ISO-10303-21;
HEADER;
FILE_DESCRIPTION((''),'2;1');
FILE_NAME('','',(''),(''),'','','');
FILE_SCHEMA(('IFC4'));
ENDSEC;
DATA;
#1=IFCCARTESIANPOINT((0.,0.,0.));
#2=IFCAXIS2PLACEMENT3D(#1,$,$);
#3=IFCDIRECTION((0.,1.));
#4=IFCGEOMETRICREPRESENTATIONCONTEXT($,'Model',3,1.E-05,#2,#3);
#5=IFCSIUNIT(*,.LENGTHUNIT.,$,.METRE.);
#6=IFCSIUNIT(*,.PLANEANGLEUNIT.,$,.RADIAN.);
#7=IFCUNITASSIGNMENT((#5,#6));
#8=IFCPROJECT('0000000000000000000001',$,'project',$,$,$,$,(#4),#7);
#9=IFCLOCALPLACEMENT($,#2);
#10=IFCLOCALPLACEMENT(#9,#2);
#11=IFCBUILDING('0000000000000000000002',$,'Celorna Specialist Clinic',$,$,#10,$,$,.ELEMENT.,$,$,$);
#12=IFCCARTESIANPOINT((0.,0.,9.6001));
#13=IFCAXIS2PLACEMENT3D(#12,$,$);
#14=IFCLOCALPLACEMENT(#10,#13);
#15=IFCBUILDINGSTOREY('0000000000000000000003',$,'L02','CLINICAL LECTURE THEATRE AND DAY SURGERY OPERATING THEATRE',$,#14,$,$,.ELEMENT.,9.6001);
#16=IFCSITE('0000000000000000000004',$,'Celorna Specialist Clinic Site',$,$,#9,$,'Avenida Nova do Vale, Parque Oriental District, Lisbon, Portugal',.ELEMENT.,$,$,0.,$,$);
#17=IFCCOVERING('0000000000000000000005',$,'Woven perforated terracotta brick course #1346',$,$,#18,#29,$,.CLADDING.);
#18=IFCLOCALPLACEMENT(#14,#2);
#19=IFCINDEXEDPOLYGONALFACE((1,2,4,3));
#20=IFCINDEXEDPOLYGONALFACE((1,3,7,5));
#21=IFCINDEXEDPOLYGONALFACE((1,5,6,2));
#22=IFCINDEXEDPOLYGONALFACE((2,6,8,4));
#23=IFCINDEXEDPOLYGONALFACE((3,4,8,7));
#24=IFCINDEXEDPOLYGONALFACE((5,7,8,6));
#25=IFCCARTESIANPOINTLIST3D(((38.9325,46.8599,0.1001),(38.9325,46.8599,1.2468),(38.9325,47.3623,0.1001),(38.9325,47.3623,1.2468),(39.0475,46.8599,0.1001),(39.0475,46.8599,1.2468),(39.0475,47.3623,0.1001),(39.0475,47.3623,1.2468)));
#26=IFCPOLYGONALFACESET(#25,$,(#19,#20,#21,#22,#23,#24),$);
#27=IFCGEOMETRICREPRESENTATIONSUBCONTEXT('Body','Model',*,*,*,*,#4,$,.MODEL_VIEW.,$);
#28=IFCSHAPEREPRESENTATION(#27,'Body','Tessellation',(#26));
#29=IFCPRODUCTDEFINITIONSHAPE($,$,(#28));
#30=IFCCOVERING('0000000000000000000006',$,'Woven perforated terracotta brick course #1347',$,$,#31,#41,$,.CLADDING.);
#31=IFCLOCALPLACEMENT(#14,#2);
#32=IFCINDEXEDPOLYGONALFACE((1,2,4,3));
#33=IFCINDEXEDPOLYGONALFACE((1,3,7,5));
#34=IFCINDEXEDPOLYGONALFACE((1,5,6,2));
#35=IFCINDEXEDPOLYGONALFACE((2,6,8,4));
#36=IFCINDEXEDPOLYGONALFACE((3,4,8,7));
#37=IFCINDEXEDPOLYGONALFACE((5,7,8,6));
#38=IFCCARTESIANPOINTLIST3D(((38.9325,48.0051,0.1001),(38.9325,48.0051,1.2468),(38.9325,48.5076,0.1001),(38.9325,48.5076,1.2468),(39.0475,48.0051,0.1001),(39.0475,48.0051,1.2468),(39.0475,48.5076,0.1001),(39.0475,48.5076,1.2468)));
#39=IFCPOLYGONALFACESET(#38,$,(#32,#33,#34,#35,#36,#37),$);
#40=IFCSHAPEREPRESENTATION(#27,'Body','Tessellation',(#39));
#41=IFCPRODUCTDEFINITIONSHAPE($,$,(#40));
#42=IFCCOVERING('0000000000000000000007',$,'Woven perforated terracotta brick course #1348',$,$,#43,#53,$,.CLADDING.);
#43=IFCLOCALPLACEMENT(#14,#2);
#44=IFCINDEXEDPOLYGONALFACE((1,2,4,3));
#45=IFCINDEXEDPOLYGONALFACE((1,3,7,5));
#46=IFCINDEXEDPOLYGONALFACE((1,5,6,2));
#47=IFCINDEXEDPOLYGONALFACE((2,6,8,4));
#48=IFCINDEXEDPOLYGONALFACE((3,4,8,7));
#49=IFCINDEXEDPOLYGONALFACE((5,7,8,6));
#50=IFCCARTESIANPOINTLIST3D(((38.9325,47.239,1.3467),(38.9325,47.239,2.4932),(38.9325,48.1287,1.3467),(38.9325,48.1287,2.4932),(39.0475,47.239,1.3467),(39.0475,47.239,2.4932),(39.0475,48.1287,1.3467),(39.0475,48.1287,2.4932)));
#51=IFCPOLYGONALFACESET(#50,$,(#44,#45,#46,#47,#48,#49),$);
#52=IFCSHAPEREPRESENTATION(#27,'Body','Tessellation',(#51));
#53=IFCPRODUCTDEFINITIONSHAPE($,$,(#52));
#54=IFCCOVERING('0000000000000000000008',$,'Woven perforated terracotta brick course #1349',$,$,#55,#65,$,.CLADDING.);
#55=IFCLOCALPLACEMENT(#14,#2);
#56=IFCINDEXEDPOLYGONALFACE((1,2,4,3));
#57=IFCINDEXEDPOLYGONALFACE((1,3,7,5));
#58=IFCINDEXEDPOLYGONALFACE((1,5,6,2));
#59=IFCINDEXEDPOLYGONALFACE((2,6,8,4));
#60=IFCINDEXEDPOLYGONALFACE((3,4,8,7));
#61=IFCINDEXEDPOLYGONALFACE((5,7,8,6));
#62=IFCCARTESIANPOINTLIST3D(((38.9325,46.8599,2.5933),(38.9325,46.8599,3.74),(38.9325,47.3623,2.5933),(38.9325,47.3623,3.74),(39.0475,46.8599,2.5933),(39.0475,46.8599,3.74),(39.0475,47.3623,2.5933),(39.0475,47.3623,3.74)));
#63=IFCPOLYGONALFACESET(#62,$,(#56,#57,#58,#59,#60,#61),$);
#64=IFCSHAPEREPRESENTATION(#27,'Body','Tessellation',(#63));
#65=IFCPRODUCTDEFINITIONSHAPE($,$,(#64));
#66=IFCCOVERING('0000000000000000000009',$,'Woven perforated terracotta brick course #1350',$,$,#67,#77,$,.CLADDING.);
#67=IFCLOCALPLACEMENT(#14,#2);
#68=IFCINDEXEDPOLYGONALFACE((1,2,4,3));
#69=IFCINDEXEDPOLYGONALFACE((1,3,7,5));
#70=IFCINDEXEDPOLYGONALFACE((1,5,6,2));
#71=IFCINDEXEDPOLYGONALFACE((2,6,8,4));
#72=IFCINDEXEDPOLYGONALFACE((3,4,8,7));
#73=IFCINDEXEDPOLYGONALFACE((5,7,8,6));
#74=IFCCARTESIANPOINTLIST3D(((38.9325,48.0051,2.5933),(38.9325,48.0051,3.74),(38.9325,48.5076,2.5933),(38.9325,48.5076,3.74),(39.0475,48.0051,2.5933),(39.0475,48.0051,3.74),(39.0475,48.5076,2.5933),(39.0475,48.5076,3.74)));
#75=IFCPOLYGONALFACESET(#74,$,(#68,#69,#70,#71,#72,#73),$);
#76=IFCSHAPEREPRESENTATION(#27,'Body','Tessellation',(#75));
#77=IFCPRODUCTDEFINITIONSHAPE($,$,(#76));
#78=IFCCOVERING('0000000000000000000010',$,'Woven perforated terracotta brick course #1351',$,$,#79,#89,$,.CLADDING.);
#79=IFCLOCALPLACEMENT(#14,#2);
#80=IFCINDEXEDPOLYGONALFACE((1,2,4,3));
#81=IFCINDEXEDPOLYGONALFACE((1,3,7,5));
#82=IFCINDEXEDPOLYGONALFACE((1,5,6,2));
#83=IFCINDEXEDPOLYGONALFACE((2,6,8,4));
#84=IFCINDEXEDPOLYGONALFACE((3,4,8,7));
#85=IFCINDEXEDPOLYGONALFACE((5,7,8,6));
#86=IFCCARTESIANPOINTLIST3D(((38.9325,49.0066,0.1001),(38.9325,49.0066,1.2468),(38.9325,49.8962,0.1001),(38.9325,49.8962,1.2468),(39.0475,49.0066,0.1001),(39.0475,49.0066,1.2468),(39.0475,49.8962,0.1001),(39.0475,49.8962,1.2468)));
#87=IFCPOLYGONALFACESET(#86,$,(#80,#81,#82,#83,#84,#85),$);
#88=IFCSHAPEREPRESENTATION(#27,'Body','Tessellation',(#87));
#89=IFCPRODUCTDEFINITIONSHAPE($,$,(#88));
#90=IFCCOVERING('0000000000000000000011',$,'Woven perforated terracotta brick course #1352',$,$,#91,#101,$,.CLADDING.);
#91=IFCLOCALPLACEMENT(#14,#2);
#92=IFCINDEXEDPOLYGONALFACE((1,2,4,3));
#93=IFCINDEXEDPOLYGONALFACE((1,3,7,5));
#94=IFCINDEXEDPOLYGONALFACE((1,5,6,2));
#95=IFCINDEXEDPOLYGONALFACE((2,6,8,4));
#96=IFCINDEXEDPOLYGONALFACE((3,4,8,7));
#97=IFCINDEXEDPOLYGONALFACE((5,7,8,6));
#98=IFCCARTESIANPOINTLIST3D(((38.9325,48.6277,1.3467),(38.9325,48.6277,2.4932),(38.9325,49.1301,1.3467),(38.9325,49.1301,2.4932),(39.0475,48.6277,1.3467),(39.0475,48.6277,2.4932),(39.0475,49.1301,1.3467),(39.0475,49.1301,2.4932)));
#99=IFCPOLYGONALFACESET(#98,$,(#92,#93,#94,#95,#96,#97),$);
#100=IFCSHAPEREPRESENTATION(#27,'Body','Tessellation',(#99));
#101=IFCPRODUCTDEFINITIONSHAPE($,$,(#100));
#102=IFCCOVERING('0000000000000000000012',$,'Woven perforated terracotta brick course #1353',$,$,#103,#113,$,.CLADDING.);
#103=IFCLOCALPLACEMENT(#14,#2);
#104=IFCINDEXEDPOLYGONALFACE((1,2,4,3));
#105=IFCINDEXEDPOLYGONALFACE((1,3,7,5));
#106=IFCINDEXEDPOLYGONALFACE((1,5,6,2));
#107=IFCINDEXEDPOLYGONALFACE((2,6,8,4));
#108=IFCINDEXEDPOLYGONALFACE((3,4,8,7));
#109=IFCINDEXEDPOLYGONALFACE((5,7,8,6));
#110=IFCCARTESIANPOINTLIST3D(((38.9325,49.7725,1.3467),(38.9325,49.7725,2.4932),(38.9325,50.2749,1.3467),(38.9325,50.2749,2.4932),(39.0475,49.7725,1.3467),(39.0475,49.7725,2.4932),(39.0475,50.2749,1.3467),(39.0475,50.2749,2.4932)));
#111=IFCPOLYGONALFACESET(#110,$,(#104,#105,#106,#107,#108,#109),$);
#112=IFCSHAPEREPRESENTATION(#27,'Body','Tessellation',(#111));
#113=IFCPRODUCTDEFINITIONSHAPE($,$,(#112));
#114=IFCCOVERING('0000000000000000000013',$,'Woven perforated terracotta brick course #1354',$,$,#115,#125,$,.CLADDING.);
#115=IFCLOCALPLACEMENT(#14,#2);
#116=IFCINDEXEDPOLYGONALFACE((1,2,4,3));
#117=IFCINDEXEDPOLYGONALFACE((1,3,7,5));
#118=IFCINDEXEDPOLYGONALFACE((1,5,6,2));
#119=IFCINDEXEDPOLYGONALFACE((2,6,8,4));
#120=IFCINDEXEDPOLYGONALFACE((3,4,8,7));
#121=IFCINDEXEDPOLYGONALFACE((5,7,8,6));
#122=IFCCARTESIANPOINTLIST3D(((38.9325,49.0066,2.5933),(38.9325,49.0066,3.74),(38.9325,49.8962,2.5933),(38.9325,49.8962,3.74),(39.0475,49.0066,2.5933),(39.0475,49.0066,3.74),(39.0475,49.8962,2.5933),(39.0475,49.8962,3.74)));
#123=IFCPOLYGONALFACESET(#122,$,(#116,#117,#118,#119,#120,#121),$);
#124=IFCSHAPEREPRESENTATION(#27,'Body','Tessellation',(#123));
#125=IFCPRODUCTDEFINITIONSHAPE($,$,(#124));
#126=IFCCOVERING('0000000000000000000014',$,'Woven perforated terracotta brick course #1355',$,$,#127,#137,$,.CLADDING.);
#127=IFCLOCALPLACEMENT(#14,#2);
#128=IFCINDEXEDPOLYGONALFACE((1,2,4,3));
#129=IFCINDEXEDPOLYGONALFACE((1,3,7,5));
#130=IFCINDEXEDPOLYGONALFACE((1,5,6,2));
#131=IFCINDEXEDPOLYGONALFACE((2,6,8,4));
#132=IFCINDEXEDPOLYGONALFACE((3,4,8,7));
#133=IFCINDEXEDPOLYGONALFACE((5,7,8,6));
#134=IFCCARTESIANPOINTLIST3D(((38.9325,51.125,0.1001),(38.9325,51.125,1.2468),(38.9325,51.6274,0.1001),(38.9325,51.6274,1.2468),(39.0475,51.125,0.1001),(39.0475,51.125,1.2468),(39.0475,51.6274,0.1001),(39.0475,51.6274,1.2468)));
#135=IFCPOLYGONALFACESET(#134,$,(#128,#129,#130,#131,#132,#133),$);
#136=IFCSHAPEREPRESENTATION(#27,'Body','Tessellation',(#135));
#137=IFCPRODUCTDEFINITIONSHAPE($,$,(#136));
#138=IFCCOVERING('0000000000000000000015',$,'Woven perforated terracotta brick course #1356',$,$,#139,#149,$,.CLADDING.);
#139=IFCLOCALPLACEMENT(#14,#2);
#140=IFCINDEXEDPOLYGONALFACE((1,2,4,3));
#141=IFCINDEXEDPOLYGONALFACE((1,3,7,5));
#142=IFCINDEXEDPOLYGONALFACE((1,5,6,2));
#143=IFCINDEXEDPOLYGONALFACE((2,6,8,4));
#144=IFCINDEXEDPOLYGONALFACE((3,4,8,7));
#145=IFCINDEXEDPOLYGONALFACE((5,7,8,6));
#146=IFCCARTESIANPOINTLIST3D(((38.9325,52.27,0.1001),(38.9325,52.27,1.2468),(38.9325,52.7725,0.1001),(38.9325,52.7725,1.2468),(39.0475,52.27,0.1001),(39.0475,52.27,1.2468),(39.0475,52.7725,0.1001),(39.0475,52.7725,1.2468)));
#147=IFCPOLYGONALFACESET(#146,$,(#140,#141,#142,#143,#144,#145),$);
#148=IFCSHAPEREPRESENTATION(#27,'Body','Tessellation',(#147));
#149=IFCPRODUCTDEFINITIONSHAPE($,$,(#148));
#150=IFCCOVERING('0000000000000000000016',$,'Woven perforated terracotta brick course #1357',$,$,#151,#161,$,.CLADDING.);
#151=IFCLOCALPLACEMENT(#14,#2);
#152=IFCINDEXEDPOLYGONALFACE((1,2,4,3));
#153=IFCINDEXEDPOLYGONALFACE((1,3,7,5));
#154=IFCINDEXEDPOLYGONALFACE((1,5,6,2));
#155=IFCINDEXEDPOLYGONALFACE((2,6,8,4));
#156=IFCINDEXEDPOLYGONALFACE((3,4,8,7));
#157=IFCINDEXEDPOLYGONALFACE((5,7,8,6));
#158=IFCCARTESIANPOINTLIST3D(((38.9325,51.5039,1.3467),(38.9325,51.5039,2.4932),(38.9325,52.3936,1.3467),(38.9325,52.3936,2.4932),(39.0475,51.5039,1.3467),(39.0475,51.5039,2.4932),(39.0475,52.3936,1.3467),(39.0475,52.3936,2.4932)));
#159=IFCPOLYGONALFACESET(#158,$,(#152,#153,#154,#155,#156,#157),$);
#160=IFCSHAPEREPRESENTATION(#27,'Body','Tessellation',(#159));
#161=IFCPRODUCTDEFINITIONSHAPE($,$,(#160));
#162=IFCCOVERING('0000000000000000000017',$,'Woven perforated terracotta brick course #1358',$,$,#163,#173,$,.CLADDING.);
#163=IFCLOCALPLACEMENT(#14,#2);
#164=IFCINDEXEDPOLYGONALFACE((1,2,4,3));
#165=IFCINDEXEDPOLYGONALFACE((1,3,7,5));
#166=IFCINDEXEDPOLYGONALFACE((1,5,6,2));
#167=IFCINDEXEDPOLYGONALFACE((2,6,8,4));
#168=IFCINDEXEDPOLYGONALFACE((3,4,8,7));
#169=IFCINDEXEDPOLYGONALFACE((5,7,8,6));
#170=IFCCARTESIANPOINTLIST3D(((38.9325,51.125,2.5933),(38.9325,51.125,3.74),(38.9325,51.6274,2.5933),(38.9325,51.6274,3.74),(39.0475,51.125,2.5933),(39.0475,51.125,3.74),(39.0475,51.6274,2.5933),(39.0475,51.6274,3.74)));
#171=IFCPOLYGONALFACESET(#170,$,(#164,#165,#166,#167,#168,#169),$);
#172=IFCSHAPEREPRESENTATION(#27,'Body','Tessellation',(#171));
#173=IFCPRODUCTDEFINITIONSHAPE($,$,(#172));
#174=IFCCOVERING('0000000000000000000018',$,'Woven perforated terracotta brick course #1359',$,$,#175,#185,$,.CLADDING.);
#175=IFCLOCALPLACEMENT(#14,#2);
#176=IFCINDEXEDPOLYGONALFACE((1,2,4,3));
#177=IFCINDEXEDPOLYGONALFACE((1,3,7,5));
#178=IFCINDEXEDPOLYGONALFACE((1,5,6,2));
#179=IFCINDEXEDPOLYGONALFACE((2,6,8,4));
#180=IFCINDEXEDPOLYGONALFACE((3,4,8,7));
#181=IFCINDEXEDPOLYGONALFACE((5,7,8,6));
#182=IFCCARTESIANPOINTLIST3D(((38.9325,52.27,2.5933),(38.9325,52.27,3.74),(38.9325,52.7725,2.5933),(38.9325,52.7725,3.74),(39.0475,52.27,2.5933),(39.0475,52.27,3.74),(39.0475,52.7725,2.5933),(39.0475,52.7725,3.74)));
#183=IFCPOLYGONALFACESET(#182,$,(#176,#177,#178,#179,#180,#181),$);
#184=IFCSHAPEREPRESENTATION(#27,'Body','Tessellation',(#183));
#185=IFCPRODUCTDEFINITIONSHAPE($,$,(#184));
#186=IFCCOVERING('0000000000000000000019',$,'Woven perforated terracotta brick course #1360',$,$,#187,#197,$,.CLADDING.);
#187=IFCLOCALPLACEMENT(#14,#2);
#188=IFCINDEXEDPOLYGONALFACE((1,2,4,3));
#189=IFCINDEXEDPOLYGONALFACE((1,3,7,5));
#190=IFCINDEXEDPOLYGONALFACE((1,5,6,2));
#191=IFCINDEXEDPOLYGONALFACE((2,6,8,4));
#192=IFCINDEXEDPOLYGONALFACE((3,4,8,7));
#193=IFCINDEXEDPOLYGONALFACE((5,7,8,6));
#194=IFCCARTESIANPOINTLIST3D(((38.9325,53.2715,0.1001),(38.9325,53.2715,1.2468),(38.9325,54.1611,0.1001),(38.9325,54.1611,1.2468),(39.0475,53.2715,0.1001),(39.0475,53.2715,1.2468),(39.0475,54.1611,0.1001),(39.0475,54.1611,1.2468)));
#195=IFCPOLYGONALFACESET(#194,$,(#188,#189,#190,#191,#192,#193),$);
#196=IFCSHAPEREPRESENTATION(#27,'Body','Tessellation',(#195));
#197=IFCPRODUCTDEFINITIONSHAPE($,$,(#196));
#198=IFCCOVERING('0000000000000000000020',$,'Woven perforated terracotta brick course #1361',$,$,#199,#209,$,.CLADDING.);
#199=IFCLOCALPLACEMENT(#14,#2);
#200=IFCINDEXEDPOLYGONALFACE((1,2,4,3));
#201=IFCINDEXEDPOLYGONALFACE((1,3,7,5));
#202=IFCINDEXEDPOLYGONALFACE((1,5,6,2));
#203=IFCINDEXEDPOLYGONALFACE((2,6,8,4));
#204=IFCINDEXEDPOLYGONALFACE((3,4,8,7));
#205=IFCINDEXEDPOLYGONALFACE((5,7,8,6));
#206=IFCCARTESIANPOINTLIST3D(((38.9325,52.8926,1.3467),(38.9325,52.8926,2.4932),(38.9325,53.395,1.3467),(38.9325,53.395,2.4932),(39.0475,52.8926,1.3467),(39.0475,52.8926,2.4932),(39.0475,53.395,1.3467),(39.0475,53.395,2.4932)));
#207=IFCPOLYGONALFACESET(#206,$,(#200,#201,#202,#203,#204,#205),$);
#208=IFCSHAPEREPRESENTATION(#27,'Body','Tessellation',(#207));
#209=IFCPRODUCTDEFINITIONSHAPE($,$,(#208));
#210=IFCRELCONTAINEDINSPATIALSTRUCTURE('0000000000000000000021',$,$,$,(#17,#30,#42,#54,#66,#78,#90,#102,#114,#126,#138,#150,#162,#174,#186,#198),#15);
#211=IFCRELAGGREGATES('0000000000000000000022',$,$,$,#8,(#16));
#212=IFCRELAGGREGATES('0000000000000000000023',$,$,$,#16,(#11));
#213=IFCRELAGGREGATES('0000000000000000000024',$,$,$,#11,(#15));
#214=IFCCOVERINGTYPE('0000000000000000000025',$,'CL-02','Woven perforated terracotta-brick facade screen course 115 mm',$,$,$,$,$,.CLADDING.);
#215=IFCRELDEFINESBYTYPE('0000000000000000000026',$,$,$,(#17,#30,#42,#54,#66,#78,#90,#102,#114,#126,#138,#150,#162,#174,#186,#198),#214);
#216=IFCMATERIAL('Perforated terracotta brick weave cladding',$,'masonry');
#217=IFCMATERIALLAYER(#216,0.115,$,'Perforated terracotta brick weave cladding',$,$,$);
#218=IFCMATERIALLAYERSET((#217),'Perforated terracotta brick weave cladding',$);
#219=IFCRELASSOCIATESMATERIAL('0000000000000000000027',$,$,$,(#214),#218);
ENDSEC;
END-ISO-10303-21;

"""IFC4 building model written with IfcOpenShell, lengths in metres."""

from ifc_helpers import new_model, si_unit, direction, frame, origin, origin_2d, place, context, subcontext, project, spatial, rectangle, extrude, material, layer, layer_set, type_object, element, save


model = new_model("IFC4")

# Units and contexts
model_context = context("Model", 3, precision=1e-05, world=origin(), true_north=direction((0.0, 1.0)))
body_context = subcontext(model_context, "Body", "Model", "MODEL_VIEW")
ifc_project = project(units=[si_unit("LENGTHUNIT", "METRE"), si_unit("PLANEANGLEUNIT", "RADIAN")], contexts=[model_context])

# Site, building, storey
site_placement = place(None, origin())
site = spatial("IfcSite", under=ifc_project, at=site_placement, Name="Celorna Specialist Clinic Site", LongName="Avenida Nova do Vale, Parque Oriental District, Lisbon, Portugal", CompositionType="ELEMENT", RefElevation=0.0)
building_placement = place(site_placement, origin())
building = spatial("IfcBuilding", under=site, at=building_placement, Name="Celorna Specialist Clinic", CompositionType="ELEMENT")
storey_placement = place(building_placement, frame((0.0, 0.0, 9.6001)))
storey = spatial("IfcBuildingStorey", under=building, at=storey_placement, Name="L02", Description="CLINICAL LECTURE THEATRE AND DAY SURGERY OPERATING THEATRE", CompositionType="ELEMENT", Elevation=9.6001)

# Coverings
ifc_material_1 = material(Name="Perforated terracotta brick weave cladding", Category="masonry")
ifc_layer = layer(ifc_material_1, 0.115, Name="Perforated terracotta brick weave cladding")
ifc_layer_set = layer_set([ifc_layer], Name="Perforated terracotta brick weave cladding")
covering_type = type_object("IfcCoveringType", Name="CL-02", Description="Woven perforated terracotta-brick facade screen course 115 mm", PredefinedType="CLADDING", material=ifc_layer_set)
for number, where, z_axis, x_axis, name in (
    (1, (38.99, 47.1111, 0.1001), (0.0, 0.0, 1.0), (0.0, 1.0, 0.0), "Woven perforated terracotta brick course #1346"),
    (2, (38.99, 48.2563, 0.1001), (0.0, 0.0, 1.0), (0.0, 1.0, 0.0), "Woven perforated terracotta brick course #1347"),
):
    element("IfcCovering", number, at=place(storey_placement, frame(where, z_axis=z_axis, x_axis=x_axis)), inside=storey, type_object=covering_type, Name=name, PredefinedType="CLADDING", context=body_context, shape_type="SweptSolid", body=[
        extrude(rectangle(XDim=0.5024, YDim=0.115, at=origin_2d()), origin(), (0.0, 0.0, 1.0), 1.1467),
    ])
covering_1_placement = place(storey_placement, frame((38.99, 47.6838, 1.3467), z_axis=(0.0, 0.0, 1.0), x_axis=(0.0, 1.0, 0.0)))
element("IfcCovering", 3, at=covering_1_placement, inside=storey, type_object=covering_type, Name="Woven perforated terracotta brick course #1348", PredefinedType="CLADDING", context=body_context, shape_type="SweptSolid", body=[
    extrude(rectangle(XDim=0.8896, YDim=0.115, at=origin_2d()), origin(), (0.0, 0.0, 1.0), 1.1465),
])
for number, where, z_axis, x_axis, name in (
    (4, (38.99, 47.1111, 2.5933), (0.0, 0.0, 1.0), (0.0, 1.0, 0.0), "Woven perforated terracotta brick course #1349"),
    (5, (38.99, 48.2563, 2.5933), (0.0, 0.0, 1.0), (0.0, 1.0, 0.0), "Woven perforated terracotta brick course #1350"),
):
    element("IfcCovering", number, at=place(storey_placement, frame(where, z_axis=z_axis, x_axis=x_axis)), inside=storey, type_object=covering_type, Name=name, PredefinedType="CLADDING", context=body_context, shape_type="SweptSolid", body=[
        extrude(rectangle(XDim=0.5024, YDim=0.115, at=origin_2d()), origin(), (0.0, 0.0, 1.0), 1.1467),
    ])
covering_2_placement = place(storey_placement, frame((38.99, 49.4514, 0.1001), z_axis=(0.0, 0.0, 1.0), x_axis=(0.0, 1.0, 0.0)))
element("IfcCovering", 6, at=covering_2_placement, inside=storey, type_object=covering_type, Name="Woven perforated terracotta brick course #1351", PredefinedType="CLADDING", context=body_context, shape_type="SweptSolid", body=[
    extrude(rectangle(XDim=0.8896, YDim=0.115, at=origin_2d()), origin(), (0.0, 0.0, 1.0), 1.1467),
])
for number, where, z_axis, x_axis, name in (
    (7, (38.99, 48.8789, 1.3467), (0.0, 0.0, 1.0), (0.0, 1.0, 0.0), "Woven perforated terracotta brick course #1352"),
    (8, (38.99, 50.0237, 1.3467), (0.0, 0.0, 1.0), (0.0, 1.0, 0.0), "Woven perforated terracotta brick course #1353"),
):
    element("IfcCovering", number, at=place(storey_placement, frame(where, z_axis=z_axis, x_axis=x_axis)), inside=storey, type_object=covering_type, Name=name, PredefinedType="CLADDING", context=body_context, shape_type="SweptSolid", body=[
        extrude(rectangle(XDim=0.5024, YDim=0.115, at=origin_2d()), origin(), (0.0, 0.0, 1.0), 1.1465),
    ])
covering_3_placement = place(storey_placement, frame((38.99, 49.4514, 2.5933), z_axis=(0.0, 0.0, 1.0), x_axis=(0.0, 1.0, 0.0)))
element("IfcCovering", 9, at=covering_3_placement, inside=storey, type_object=covering_type, Name="Woven perforated terracotta brick course #1354", PredefinedType="CLADDING", context=body_context, shape_type="SweptSolid", body=[
    extrude(rectangle(XDim=0.8896, YDim=0.115, at=origin_2d()), origin(), (0.0, 0.0, 1.0), 1.1467),
])
for number, where, z_axis, x_axis, name in (
    (10, (38.99, 51.3762, 0.1001), (0.0, 0.0, 1.0), (0.0, 1.0, 0.0), "Woven perforated terracotta brick course #1355"),
    (11, (38.99, 52.5212, 0.1001), (0.0, 0.0, 1.0), (0.0, 1.0, 0.0), "Woven perforated terracotta brick course #1356"),
):
    element("IfcCovering", number, at=place(storey_placement, frame(where, z_axis=z_axis, x_axis=x_axis)), inside=storey, type_object=covering_type, Name=name, PredefinedType="CLADDING", context=body_context, shape_type="SweptSolid", body=[
        extrude(rectangle(XDim=0.5024, YDim=0.115, at=origin_2d()), origin(), (0.0, 0.0, 1.0), 1.1467),
    ])
covering_4_placement = place(storey_placement, frame((38.99, 51.9487, 1.3467), z_axis=(0.0, 0.0, 1.0), x_axis=(0.0, 1.0, 0.0)))
element("IfcCovering", 12, at=covering_4_placement, inside=storey, type_object=covering_type, Name="Woven perforated terracotta brick course #1357", PredefinedType="CLADDING", context=body_context, shape_type="SweptSolid", body=[
    extrude(rectangle(XDim=0.8896, YDim=0.115, at=origin_2d()), origin(), (0.0, 0.0, 1.0), 1.1465),
])
for number, where, z_axis, x_axis, name in (
    (13, (38.99, 51.3762, 2.5933), (0.0, 0.0, 1.0), (0.0, 1.0, 0.0), "Woven perforated terracotta brick course #1358"),
    (14, (38.99, 52.5212, 2.5933), (0.0, 0.0, 1.0), (0.0, 1.0, 0.0), "Woven perforated terracotta brick course #1359"),
):
    element("IfcCovering", number, at=place(storey_placement, frame(where, z_axis=z_axis, x_axis=x_axis)), inside=storey, type_object=covering_type, Name=name, PredefinedType="CLADDING", context=body_context, shape_type="SweptSolid", body=[
        extrude(rectangle(XDim=0.5024, YDim=0.115, at=origin_2d()), origin(), (0.0, 0.0, 1.0), 1.1467),
    ])
covering_5_placement = place(storey_placement, frame((38.99, 53.7163, 0.1001), z_axis=(0.0, 0.0, 1.0), x_axis=(0.0, 1.0, 0.0)))
element("IfcCovering", 15, at=covering_5_placement, inside=storey, type_object=covering_type, Name="Woven perforated terracotta brick course #1360", PredefinedType="CLADDING", context=body_context, shape_type="SweptSolid", body=[
    extrude(rectangle(XDim=0.8896, YDim=0.115, at=origin_2d()), origin(), (0.0, 0.0, 1.0), 1.1467),
])
for number, where, z_axis, x_axis, name in (
    (16, (38.99, 53.1438, 1.3467), (0.0, 0.0, 1.0), (0.0, 1.0, 0.0), "Woven perforated terracotta brick course #1361"),
):
    element("IfcCovering", number, at=place(storey_placement, frame(where, z_axis=z_axis, x_axis=x_axis)), inside=storey, type_object=covering_type, Name=name, PredefinedType="CLADDING", context=body_context, shape_type="SweptSolid", body=[
        extrude(rectangle(XDim=0.5024, YDim=0.115, at=origin_2d()), origin(), (0.0, 0.0, 1.0), 1.1465),
    ])

save(model, "model.ifc")
